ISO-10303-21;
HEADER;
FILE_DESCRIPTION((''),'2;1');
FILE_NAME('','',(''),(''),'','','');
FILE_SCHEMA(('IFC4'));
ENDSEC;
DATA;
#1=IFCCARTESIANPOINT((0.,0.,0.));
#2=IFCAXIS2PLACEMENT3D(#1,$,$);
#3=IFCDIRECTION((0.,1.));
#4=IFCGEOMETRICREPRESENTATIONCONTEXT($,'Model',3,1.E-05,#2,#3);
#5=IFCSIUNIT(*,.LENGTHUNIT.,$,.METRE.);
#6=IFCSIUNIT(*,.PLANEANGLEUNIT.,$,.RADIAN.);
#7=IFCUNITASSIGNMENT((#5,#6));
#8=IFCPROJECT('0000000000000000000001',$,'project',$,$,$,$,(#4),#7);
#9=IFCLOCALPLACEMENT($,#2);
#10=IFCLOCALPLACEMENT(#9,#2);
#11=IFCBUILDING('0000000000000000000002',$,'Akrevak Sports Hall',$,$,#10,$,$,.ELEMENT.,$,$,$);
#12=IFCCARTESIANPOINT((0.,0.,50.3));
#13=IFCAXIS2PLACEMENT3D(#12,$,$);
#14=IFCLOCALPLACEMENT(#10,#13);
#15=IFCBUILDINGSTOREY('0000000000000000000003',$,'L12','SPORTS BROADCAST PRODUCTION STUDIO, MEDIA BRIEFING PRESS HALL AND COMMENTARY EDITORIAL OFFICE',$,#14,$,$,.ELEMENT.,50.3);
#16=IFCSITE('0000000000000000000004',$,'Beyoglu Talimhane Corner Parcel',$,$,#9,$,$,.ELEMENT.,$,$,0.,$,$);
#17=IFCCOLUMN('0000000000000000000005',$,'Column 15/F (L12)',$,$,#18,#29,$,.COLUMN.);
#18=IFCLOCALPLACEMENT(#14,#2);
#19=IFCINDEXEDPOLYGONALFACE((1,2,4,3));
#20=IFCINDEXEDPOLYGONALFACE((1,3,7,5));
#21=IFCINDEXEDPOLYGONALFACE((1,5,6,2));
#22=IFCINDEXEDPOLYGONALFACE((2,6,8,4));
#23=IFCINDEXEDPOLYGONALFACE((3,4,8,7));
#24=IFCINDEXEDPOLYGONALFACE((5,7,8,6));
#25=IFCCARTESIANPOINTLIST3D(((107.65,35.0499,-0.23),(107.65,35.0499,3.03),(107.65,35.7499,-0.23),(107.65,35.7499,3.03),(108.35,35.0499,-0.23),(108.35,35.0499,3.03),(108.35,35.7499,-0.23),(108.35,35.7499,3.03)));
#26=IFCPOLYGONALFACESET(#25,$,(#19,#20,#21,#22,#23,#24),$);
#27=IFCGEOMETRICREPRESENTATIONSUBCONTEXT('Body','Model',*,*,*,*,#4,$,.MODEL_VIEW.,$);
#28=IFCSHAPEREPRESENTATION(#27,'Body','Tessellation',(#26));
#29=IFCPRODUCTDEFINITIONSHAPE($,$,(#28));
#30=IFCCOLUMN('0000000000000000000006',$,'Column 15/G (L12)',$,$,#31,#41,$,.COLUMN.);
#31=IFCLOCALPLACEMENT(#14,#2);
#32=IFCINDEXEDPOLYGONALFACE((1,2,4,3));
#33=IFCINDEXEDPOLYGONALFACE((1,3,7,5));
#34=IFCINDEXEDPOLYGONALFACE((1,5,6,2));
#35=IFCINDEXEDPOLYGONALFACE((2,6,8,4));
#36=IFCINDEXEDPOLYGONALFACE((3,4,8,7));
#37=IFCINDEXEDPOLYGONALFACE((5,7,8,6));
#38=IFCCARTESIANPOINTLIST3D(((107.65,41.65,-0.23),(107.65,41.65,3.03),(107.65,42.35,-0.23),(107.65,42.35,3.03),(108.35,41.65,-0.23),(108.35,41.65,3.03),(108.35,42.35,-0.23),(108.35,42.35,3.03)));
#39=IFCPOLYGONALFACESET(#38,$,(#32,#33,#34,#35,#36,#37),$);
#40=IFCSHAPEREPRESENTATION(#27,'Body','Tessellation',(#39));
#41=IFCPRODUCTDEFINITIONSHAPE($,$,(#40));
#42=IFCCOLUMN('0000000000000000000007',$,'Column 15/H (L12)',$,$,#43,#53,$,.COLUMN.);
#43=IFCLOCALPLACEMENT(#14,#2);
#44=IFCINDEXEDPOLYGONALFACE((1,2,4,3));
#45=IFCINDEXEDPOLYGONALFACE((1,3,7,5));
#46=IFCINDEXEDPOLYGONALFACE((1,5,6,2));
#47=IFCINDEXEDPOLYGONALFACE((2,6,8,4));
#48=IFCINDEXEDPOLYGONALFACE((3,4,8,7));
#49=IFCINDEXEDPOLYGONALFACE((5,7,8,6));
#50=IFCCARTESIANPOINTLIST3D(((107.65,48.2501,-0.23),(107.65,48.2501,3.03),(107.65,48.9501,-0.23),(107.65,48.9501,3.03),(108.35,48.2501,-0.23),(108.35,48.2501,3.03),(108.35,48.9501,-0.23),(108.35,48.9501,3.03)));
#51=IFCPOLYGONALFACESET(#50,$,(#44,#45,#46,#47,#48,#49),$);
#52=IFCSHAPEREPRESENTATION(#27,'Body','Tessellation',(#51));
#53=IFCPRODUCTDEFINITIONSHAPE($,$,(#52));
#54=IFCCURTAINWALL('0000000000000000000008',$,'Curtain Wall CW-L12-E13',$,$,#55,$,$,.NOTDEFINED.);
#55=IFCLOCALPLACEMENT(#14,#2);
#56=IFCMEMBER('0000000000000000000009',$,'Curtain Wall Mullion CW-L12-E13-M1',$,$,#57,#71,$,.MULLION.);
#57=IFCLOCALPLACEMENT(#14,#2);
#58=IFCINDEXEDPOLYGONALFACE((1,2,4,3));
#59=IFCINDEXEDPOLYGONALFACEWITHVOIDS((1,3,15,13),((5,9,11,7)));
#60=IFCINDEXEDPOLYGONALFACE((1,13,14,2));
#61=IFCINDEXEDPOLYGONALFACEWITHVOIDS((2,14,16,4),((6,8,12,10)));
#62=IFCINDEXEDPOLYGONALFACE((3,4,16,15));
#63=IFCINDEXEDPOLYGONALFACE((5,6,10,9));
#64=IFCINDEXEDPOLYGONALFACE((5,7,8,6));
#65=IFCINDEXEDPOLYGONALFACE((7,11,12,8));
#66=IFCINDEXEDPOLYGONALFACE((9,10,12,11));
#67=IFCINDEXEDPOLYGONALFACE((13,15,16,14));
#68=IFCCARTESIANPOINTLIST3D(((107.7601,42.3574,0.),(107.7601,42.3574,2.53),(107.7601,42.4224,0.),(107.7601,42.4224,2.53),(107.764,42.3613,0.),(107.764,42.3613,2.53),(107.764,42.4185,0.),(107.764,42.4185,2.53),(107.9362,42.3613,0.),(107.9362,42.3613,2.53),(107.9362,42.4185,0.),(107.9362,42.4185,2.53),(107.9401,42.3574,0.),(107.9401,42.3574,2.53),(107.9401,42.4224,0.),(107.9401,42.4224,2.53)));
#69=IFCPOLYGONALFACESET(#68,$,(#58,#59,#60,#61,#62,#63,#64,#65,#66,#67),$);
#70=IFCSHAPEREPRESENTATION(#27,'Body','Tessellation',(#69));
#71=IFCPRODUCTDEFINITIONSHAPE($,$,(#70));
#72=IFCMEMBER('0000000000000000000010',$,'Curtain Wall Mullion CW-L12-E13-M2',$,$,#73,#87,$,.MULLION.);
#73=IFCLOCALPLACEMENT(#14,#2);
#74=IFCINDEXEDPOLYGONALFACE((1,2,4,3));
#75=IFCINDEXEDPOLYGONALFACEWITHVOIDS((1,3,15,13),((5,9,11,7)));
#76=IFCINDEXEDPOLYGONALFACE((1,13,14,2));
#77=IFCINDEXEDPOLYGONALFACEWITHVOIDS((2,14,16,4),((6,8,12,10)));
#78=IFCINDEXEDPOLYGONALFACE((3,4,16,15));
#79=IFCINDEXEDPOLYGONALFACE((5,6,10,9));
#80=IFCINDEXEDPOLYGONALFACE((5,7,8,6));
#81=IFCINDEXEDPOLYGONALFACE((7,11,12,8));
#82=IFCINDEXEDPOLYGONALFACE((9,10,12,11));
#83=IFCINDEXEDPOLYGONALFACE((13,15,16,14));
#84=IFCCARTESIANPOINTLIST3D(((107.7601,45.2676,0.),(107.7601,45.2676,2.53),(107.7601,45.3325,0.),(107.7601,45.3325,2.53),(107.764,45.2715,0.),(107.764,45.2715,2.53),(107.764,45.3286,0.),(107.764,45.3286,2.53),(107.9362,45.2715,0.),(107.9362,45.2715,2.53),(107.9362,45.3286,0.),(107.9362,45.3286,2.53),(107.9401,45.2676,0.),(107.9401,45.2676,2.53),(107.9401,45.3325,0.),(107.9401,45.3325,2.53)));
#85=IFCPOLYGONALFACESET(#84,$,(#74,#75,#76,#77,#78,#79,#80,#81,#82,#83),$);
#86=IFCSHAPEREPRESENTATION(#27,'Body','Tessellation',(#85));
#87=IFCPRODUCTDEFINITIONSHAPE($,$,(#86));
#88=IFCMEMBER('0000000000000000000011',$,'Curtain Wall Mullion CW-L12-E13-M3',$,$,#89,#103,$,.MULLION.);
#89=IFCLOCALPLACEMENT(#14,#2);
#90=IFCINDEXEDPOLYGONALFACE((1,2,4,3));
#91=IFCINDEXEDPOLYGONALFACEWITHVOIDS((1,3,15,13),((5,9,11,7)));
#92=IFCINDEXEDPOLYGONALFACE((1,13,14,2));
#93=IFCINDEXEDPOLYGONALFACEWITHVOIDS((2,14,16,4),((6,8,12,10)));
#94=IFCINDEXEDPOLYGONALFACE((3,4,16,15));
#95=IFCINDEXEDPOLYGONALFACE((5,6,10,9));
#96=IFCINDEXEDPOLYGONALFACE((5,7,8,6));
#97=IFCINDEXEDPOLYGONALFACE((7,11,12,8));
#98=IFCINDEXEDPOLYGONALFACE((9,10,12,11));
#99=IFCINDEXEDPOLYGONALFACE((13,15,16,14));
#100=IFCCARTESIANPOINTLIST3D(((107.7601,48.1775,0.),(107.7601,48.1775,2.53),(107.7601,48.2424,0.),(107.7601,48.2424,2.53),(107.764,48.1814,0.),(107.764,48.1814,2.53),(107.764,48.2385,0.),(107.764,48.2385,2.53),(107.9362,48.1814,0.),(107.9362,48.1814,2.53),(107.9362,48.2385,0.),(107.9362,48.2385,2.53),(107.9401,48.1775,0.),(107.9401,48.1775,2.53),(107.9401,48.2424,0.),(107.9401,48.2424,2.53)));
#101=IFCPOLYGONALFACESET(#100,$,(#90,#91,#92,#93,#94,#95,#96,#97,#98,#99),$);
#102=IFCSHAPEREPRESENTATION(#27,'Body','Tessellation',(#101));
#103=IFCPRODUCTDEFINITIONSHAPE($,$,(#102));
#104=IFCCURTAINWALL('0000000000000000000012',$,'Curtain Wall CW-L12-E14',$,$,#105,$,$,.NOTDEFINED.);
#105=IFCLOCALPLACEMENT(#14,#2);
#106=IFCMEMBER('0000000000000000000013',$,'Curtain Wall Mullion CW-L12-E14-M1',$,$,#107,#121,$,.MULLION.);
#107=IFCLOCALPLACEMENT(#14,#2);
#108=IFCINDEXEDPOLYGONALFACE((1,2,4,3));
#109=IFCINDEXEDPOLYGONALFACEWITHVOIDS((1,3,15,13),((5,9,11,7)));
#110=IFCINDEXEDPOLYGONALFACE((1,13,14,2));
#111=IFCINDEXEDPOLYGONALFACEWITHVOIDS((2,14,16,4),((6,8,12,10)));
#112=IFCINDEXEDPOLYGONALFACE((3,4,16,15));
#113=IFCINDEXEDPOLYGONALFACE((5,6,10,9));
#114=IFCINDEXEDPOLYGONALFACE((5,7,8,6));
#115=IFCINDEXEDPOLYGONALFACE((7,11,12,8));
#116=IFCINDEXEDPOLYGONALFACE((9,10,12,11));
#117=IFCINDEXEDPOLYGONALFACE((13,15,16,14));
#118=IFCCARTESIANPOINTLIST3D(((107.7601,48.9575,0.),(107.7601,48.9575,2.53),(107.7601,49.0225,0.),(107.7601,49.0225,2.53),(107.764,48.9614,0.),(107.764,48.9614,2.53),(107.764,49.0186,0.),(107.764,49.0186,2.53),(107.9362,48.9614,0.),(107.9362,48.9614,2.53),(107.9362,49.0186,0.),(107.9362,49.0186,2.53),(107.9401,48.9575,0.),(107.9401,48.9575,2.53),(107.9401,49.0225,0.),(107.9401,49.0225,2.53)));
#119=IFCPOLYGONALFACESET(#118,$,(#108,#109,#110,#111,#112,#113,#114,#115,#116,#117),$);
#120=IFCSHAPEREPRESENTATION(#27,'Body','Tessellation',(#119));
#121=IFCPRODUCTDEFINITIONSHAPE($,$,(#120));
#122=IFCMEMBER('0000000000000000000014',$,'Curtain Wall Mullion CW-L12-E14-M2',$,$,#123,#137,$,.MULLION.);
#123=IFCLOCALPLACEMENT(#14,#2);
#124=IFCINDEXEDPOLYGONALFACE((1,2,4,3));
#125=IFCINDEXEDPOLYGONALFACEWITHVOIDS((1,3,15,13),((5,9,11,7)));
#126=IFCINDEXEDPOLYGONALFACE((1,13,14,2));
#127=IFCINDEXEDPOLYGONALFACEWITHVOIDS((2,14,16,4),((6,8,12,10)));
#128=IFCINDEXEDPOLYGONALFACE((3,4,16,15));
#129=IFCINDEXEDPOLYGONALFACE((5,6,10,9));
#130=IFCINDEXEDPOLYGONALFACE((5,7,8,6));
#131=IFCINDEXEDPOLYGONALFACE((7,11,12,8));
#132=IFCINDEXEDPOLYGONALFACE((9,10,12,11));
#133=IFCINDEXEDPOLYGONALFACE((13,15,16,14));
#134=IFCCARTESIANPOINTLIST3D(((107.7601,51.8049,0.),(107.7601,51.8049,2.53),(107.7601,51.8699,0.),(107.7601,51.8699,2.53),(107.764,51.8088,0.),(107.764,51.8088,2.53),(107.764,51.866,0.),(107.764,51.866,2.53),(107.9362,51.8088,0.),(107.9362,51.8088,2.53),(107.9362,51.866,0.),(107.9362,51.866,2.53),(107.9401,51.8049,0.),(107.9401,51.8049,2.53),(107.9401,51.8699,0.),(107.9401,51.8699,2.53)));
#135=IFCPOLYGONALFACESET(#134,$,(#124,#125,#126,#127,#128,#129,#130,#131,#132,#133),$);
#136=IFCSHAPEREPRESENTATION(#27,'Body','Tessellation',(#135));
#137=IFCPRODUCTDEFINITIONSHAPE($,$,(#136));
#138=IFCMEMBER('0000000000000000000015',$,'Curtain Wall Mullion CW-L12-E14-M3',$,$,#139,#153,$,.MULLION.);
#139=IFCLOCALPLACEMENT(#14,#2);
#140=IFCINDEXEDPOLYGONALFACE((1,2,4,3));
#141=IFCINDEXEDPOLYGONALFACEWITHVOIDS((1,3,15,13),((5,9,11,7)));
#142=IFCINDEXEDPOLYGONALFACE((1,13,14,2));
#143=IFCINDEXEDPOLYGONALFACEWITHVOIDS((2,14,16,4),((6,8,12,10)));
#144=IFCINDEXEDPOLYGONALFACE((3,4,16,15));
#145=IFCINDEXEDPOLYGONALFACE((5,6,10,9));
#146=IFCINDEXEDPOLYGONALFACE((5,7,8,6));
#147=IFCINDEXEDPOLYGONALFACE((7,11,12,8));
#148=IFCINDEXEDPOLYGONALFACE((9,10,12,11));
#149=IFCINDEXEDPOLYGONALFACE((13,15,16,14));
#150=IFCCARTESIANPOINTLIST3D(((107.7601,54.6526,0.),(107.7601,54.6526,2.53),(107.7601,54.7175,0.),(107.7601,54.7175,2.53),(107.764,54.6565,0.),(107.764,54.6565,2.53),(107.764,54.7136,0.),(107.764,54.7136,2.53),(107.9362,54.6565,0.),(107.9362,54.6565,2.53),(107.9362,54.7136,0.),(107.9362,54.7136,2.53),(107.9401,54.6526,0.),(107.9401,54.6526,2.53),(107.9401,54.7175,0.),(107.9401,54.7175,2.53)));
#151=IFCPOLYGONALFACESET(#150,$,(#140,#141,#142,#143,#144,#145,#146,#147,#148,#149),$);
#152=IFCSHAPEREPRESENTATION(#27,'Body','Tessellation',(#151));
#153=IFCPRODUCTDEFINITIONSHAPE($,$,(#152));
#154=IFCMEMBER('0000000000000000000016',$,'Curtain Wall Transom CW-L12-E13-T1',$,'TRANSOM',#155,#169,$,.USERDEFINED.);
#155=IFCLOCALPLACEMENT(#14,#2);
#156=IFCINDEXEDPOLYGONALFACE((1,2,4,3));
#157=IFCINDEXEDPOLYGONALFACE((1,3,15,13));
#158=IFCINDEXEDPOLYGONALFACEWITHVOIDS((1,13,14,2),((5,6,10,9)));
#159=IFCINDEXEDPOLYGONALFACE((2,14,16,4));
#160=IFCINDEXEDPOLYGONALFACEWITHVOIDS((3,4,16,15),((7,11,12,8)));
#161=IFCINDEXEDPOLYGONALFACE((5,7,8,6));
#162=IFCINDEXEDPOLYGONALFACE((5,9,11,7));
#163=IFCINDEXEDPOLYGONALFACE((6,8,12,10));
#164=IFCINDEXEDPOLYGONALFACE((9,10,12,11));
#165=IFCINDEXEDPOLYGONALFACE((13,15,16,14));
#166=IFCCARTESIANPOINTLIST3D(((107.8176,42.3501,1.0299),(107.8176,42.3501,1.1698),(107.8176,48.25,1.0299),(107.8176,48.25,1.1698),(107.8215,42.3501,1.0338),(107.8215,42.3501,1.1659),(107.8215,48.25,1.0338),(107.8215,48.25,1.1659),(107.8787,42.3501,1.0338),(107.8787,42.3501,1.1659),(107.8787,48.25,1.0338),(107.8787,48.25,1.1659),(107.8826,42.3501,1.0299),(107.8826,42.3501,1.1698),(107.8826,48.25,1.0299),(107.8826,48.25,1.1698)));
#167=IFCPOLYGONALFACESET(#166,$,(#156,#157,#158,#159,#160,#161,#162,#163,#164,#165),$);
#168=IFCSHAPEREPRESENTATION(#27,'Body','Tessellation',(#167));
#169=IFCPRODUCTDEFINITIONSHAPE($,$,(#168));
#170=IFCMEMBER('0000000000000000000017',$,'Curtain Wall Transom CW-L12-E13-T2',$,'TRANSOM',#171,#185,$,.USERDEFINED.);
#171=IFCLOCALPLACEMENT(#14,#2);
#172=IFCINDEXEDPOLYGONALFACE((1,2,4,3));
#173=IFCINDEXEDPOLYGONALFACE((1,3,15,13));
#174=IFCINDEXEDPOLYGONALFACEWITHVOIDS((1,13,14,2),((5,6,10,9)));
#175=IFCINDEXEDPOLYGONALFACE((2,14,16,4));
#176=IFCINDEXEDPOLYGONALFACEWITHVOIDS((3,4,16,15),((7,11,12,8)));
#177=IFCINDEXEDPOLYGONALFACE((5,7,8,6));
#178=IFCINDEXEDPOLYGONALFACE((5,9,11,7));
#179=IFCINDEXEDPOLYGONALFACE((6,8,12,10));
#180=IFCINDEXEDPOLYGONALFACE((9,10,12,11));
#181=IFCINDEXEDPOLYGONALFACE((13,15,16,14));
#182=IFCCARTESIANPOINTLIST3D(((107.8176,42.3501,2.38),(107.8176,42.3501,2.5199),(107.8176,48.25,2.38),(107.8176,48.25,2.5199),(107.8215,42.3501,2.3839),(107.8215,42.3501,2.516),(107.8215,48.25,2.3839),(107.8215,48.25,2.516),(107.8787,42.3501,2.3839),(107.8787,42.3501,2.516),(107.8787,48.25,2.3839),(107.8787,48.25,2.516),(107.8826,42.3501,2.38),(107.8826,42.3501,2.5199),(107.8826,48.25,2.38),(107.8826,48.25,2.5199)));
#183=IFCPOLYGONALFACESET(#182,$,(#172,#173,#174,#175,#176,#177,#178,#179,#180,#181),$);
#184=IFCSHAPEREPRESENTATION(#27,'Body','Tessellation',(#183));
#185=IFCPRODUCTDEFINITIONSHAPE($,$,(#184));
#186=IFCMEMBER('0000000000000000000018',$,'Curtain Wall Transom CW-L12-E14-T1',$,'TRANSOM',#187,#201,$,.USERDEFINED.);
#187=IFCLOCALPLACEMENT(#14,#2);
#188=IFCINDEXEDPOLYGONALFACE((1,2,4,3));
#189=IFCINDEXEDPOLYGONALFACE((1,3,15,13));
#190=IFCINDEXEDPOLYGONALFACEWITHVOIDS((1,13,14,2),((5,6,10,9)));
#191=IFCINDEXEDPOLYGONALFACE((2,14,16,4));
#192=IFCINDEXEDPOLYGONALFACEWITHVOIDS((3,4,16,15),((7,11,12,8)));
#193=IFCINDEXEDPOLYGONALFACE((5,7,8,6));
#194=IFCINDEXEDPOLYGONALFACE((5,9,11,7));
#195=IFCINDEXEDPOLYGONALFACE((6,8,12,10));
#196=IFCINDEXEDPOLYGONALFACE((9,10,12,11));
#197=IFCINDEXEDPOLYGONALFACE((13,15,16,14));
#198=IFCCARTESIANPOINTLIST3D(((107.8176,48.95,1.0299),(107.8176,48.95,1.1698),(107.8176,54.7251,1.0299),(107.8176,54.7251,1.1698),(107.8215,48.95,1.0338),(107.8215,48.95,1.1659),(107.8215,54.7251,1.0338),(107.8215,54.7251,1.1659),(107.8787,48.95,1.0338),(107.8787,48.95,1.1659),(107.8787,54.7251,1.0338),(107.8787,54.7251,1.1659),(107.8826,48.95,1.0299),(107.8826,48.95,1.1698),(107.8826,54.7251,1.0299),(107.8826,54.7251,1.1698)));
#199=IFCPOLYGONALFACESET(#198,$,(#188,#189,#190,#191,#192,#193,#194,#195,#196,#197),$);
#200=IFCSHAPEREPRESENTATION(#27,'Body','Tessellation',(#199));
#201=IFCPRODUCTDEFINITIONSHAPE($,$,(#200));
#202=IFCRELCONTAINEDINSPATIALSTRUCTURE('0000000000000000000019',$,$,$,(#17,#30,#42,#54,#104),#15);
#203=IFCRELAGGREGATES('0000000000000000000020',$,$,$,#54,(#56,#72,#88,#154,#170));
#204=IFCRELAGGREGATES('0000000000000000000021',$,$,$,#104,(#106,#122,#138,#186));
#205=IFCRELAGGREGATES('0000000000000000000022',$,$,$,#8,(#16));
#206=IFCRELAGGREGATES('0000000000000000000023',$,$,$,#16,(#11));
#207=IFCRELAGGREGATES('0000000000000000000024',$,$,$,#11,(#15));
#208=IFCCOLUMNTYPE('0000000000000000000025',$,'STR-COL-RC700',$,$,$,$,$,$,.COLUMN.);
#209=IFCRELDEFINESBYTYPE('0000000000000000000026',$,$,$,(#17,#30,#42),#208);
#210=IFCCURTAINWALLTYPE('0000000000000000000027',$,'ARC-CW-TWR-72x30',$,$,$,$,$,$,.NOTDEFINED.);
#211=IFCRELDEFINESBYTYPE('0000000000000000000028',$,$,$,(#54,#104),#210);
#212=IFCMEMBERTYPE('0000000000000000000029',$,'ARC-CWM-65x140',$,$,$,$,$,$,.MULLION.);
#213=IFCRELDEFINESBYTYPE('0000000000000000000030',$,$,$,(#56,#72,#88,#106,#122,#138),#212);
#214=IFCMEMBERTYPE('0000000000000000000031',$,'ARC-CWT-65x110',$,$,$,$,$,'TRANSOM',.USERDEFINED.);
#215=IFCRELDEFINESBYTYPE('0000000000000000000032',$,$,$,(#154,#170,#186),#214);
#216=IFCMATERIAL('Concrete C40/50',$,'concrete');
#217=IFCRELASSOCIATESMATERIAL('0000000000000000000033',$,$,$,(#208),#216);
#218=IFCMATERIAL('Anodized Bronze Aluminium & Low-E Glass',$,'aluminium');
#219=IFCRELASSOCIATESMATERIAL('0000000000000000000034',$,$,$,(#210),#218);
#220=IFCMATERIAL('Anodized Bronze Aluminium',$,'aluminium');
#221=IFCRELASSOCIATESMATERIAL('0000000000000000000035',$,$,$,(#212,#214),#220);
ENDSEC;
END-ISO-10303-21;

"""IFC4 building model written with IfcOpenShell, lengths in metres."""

from ifc_helpers import new_model, si_unit, direction, frame, origin, origin_2d, place, context, subcontext, project, spatial, rectangle, hollow_rectangle, extrude, material, material_profile, profile_set, type_object, element, aggregate, save


model = new_model("IFC4")

# Units and contexts
model_context = context("Model", 3, precision=1e-05, world=origin(), true_north=direction((0.0, 1.0)))
body_context = subcontext(model_context, "Body", "Model", "MODEL_VIEW")
ifc_project = project(units=[si_unit("LENGTHUNIT", "METRE"), si_unit("PLANEANGLEUNIT", "RADIAN")], contexts=[model_context])

# Site, building, storey
site_placement = place(None, origin())
site = spatial("IfcSite", under=ifc_project, at=site_placement, Name="Beyoglu Talimhane Corner Parcel", CompositionType="ELEMENT", RefElevation=0.0)
building_placement = place(site_placement, origin())
building = spatial("IfcBuilding", under=site, at=building_placement, Name="Akrevak Sports Hall", CompositionType="ELEMENT")
storey_placement = place(building_placement, frame((0.0, 0.0, 50.3)))
storey = spatial("IfcBuildingStorey", under=building, at=storey_placement, Name="L12", Description="SPORTS BROADCAST PRODUCTION STUDIO, MEDIA BRIEFING PRESS HALL AND COMMENTARY EDITORIAL OFFICE", CompositionType="ELEMENT", Elevation=50.3)

# Columns
ifc_material_1 = material(Name="Concrete C40/50", Category="concrete")
ifc_material_profile_1 = material_profile(ifc_material_1, rectangle(XDim=0.7, YDim=0.7, at=origin_2d()), Name="RC 700x700", Category="concrete")
ifc_profile_set_1 = profile_set([ifc_material_profile_1], Name="Concrete C40/50")
column_type = type_object("IfcColumnType", Name="STR-COL-RC700", PredefinedType="COLUMN", material=ifc_profile_set_1)
for number, where, z_axis, x_axis, name in (
    (1, (108.0, 35.3999, -0.23), (0.0, 0.0, 1.0), (1.0, 0.0, 0.0), "Column 15/F (L12)"),
    (2, (108.0, 42.0, -0.23), (0.0, 0.0, 1.0), (1.0, 0.0, 0.0), "Column 15/G (L12)"),
    (3, (108.0, 48.6001, -0.23), (0.0, 0.0, 1.0), (1.0, 0.0, 0.0), "Column 15/H (L12)"),
):
    element("IfcColumn", number, at=place(storey_placement, frame(where, z_axis=z_axis, x_axis=x_axis)), inside=storey, type_object=column_type, Name=name, PredefinedType="COLUMN", context=body_context, shape_type="SweptSolid", body=[
        extrude(rectangle(XDim=0.7, YDim=0.7, at=origin_2d()), origin(), (0.0, 0.0, 1.0), 3.26),
    ])

# Curtain walls, members
ifc_material_2 = material(Name="Anodized Bronze Aluminium & Low-E Glass", Category="aluminium")
curtain_wall_type = type_object("IfcCurtainWallType", Name="ARC-CW-TWR-72x30", PredefinedType="NOTDEFINED", material=ifc_material_2)
curtain_wall_1_placement = place(storey_placement, origin())
curtain_wall_1 = element("IfcCurtainWall", 4, at=curtain_wall_1_placement, inside=storey, type_object=curtain_wall_type, Name="Curtain Wall CW-L12-E13", PredefinedType="NOTDEFINED")
ifc_material_3 = material(Name="Anodized Bronze Aluminium", Category="aluminium")
ifc_material_profile_2 = material_profile(ifc_material_3, hollow_rectangle(XDim=0.0649, YDim=0.1799, WallThickness=0.0039, at=origin_2d()), Name="CWM 65x180", Category="aluminium")
ifc_profile_set_2 = profile_set([ifc_material_profile_2], Name="Anodized Bronze Aluminium")
member_type_1 = type_object("IfcMemberType", Name="ARC-CWM-65x140", PredefinedType="MULLION", material=ifc_profile_set_2)
member_1_placement = place(storey_placement, frame((107.8501, 42.3899, 0.0), z_axis=(0.0, 0.0, 1.0), x_axis=(0.0, 1.0, 0.0)))
member_1 = element("IfcMember", 5, at=member_1_placement, type_object=member_type_1, Name="Curtain Wall Mullion CW-L12-E13-M1", PredefinedType="MULLION", context=body_context, shape_type="SweptSolid", body=[
    extrude(hollow_rectangle(XDim=0.0649, YDim=0.1799, WallThickness=0.0039, at=origin_2d()), origin(), (0.0, 0.0, 1.0), 2.53),
])
member_2_placement = place(storey_placement, frame((107.8501, 45.3, 0.0), z_axis=(0.0, 0.0, 1.0), x_axis=(0.0, 1.0, 0.0)))
member_2 = element("IfcMember", 6, at=member_2_placement, type_object=member_type_1, Name="Curtain Wall Mullion CW-L12-E13-M2", PredefinedType="MULLION", context=body_context, shape_type="SweptSolid", body=[
    extrude(hollow_rectangle(XDim=0.0649, YDim=0.1799, WallThickness=0.0039, at=origin_2d()), origin(), (0.0, 0.0, 1.0), 2.53),
])
member_3_placement = place(storey_placement, frame((107.8501, 48.21, 0.0), z_axis=(0.0, 0.0, 1.0), x_axis=(0.0, 1.0, 0.0)))
member_3 = element("IfcMember", 7, at=member_3_placement, type_object=member_type_1, Name="Curtain Wall Mullion CW-L12-E13-M3", PredefinedType="MULLION", context=body_context, shape_type="SweptSolid", body=[
    extrude(hollow_rectangle(XDim=0.0649, YDim=0.1799, WallThickness=0.0039, at=origin_2d()), origin(), (0.0, 0.0, 1.0), 2.53),
])
curtain_wall_2_placement = place(storey_placement, origin())
curtain_wall_2 = element("IfcCurtainWall", 8, at=curtain_wall_2_placement, inside=storey, type_object=curtain_wall_type, Name="Curtain Wall CW-L12-E14", PredefinedType="NOTDEFINED")
member_4_placement = place(storey_placement, frame((107.8501, 48.99, 0.0), z_axis=(0.0, 0.0, 1.0), x_axis=(0.0, 1.0, 0.0)))
member_4 = element("IfcMember", 9, at=member_4_placement, type_object=member_type_1, Name="Curtain Wall Mullion CW-L12-E14-M1", PredefinedType="MULLION", context=body_context, shape_type="SweptSolid", body=[
    extrude(hollow_rectangle(XDim=0.0649, YDim=0.1799, WallThickness=0.0039, at=origin_2d()), origin(), (0.0, 0.0, 1.0), 2.53),
])
member_5_placement = place(storey_placement, frame((107.8501, 51.8374, 0.0), z_axis=(0.0, 0.0, 1.0), x_axis=(0.0, 1.0, 0.0)))
member_5 = element("IfcMember", 10, at=member_5_placement, type_object=member_type_1, Name="Curtain Wall Mullion CW-L12-E14-M2", PredefinedType="MULLION", context=body_context, shape_type="SweptSolid", body=[
    extrude(hollow_rectangle(XDim=0.0649, YDim=0.1799, WallThickness=0.0039, at=origin_2d()), origin(), (0.0, 0.0, 1.0), 2.53),
])
member_6_placement = place(storey_placement, frame((107.8501, 54.6851, 0.0), z_axis=(0.0, 0.0, 1.0), x_axis=(0.0, 1.0, 0.0)))
member_6 = element("IfcMember", 11, at=member_6_placement, type_object=member_type_1, Name="Curtain Wall Mullion CW-L12-E14-M3", PredefinedType="MULLION", context=body_context, shape_type="SweptSolid", body=[
    extrude(hollow_rectangle(XDim=0.0649, YDim=0.1799, WallThickness=0.0039, at=origin_2d()), origin(), (0.0, 0.0, 1.0), 2.53),
])

# Members
ifc_material_profile_3 = material_profile(ifc_material_3, hollow_rectangle(XDim=0.0649, YDim=0.1399, WallThickness=0.0039, at=origin_2d()), Name="CWT 65x140", Category="aluminium")
ifc_profile_set_3 = profile_set([ifc_material_profile_3], Name="Anodized Bronze Aluminium")
member_type_2 = type_object("IfcMemberType", Name="ARC-CWT-65x110", ElementType="TRANSOM", PredefinedType="USERDEFINED", material=ifc_profile_set_3)
member_7_placement = place(storey_placement, frame((107.8501, 42.3501, 1.0999), z_axis=(0.0, 1.0, 0.0), x_axis=(-1.0, 0.0, 0.0)))
member_7 = element("IfcMember", 12, at=member_7_placement, type_object=member_type_2, Name="Curtain Wall Transom CW-L12-E13-T1", ObjectType="TRANSOM", PredefinedType="USERDEFINED", context=body_context, shape_type="SweptSolid", body=[
    extrude(hollow_rectangle(XDim=0.0649, YDim=0.1399, WallThickness=0.0039, at=origin_2d()), origin(), (0.0, 0.0, 1.0), 5.8999),
])
member_8_placement = place(storey_placement, frame((107.8501, 42.3501, 2.45), z_axis=(0.0, 1.0, 0.0), x_axis=(-1.0, 0.0, 0.0)))
member_8 = element("IfcMember", 13, at=member_8_placement, type_object=member_type_2, Name="Curtain Wall Transom CW-L12-E13-T2", ObjectType="TRANSOM", PredefinedType="USERDEFINED", context=body_context, shape_type="SweptSolid", body=[
    extrude(hollow_rectangle(XDim=0.0649, YDim=0.1399, WallThickness=0.0039, at=origin_2d()), origin(), (0.0, 0.0, 1.0), 5.8999),
])
member_9_placement = place(storey_placement, frame((107.8501, 48.95, 1.0999), z_axis=(0.0, 1.0, 0.0), x_axis=(-1.0, 0.0, 0.0)))
member_9 = element("IfcMember", 14, at=member_9_placement, type_object=member_type_2, Name="Curtain Wall Transom CW-L12-E14-T1", ObjectType="TRANSOM", PredefinedType="USERDEFINED", context=body_context, shape_type="SweptSolid", body=[
    extrude(hollow_rectangle(XDim=0.0649, YDim=0.1399, WallThickness=0.0039, at=origin_2d()), origin(), (0.0, 0.0, 1.0), 5.7751),
])

aggregate(curtain_wall_1, [member_1, member_2, member_3, member_7, member_8])
aggregate(curtain_wall_2, [member_4, member_5, member_6, member_9])

save(model, "model.ifc")
